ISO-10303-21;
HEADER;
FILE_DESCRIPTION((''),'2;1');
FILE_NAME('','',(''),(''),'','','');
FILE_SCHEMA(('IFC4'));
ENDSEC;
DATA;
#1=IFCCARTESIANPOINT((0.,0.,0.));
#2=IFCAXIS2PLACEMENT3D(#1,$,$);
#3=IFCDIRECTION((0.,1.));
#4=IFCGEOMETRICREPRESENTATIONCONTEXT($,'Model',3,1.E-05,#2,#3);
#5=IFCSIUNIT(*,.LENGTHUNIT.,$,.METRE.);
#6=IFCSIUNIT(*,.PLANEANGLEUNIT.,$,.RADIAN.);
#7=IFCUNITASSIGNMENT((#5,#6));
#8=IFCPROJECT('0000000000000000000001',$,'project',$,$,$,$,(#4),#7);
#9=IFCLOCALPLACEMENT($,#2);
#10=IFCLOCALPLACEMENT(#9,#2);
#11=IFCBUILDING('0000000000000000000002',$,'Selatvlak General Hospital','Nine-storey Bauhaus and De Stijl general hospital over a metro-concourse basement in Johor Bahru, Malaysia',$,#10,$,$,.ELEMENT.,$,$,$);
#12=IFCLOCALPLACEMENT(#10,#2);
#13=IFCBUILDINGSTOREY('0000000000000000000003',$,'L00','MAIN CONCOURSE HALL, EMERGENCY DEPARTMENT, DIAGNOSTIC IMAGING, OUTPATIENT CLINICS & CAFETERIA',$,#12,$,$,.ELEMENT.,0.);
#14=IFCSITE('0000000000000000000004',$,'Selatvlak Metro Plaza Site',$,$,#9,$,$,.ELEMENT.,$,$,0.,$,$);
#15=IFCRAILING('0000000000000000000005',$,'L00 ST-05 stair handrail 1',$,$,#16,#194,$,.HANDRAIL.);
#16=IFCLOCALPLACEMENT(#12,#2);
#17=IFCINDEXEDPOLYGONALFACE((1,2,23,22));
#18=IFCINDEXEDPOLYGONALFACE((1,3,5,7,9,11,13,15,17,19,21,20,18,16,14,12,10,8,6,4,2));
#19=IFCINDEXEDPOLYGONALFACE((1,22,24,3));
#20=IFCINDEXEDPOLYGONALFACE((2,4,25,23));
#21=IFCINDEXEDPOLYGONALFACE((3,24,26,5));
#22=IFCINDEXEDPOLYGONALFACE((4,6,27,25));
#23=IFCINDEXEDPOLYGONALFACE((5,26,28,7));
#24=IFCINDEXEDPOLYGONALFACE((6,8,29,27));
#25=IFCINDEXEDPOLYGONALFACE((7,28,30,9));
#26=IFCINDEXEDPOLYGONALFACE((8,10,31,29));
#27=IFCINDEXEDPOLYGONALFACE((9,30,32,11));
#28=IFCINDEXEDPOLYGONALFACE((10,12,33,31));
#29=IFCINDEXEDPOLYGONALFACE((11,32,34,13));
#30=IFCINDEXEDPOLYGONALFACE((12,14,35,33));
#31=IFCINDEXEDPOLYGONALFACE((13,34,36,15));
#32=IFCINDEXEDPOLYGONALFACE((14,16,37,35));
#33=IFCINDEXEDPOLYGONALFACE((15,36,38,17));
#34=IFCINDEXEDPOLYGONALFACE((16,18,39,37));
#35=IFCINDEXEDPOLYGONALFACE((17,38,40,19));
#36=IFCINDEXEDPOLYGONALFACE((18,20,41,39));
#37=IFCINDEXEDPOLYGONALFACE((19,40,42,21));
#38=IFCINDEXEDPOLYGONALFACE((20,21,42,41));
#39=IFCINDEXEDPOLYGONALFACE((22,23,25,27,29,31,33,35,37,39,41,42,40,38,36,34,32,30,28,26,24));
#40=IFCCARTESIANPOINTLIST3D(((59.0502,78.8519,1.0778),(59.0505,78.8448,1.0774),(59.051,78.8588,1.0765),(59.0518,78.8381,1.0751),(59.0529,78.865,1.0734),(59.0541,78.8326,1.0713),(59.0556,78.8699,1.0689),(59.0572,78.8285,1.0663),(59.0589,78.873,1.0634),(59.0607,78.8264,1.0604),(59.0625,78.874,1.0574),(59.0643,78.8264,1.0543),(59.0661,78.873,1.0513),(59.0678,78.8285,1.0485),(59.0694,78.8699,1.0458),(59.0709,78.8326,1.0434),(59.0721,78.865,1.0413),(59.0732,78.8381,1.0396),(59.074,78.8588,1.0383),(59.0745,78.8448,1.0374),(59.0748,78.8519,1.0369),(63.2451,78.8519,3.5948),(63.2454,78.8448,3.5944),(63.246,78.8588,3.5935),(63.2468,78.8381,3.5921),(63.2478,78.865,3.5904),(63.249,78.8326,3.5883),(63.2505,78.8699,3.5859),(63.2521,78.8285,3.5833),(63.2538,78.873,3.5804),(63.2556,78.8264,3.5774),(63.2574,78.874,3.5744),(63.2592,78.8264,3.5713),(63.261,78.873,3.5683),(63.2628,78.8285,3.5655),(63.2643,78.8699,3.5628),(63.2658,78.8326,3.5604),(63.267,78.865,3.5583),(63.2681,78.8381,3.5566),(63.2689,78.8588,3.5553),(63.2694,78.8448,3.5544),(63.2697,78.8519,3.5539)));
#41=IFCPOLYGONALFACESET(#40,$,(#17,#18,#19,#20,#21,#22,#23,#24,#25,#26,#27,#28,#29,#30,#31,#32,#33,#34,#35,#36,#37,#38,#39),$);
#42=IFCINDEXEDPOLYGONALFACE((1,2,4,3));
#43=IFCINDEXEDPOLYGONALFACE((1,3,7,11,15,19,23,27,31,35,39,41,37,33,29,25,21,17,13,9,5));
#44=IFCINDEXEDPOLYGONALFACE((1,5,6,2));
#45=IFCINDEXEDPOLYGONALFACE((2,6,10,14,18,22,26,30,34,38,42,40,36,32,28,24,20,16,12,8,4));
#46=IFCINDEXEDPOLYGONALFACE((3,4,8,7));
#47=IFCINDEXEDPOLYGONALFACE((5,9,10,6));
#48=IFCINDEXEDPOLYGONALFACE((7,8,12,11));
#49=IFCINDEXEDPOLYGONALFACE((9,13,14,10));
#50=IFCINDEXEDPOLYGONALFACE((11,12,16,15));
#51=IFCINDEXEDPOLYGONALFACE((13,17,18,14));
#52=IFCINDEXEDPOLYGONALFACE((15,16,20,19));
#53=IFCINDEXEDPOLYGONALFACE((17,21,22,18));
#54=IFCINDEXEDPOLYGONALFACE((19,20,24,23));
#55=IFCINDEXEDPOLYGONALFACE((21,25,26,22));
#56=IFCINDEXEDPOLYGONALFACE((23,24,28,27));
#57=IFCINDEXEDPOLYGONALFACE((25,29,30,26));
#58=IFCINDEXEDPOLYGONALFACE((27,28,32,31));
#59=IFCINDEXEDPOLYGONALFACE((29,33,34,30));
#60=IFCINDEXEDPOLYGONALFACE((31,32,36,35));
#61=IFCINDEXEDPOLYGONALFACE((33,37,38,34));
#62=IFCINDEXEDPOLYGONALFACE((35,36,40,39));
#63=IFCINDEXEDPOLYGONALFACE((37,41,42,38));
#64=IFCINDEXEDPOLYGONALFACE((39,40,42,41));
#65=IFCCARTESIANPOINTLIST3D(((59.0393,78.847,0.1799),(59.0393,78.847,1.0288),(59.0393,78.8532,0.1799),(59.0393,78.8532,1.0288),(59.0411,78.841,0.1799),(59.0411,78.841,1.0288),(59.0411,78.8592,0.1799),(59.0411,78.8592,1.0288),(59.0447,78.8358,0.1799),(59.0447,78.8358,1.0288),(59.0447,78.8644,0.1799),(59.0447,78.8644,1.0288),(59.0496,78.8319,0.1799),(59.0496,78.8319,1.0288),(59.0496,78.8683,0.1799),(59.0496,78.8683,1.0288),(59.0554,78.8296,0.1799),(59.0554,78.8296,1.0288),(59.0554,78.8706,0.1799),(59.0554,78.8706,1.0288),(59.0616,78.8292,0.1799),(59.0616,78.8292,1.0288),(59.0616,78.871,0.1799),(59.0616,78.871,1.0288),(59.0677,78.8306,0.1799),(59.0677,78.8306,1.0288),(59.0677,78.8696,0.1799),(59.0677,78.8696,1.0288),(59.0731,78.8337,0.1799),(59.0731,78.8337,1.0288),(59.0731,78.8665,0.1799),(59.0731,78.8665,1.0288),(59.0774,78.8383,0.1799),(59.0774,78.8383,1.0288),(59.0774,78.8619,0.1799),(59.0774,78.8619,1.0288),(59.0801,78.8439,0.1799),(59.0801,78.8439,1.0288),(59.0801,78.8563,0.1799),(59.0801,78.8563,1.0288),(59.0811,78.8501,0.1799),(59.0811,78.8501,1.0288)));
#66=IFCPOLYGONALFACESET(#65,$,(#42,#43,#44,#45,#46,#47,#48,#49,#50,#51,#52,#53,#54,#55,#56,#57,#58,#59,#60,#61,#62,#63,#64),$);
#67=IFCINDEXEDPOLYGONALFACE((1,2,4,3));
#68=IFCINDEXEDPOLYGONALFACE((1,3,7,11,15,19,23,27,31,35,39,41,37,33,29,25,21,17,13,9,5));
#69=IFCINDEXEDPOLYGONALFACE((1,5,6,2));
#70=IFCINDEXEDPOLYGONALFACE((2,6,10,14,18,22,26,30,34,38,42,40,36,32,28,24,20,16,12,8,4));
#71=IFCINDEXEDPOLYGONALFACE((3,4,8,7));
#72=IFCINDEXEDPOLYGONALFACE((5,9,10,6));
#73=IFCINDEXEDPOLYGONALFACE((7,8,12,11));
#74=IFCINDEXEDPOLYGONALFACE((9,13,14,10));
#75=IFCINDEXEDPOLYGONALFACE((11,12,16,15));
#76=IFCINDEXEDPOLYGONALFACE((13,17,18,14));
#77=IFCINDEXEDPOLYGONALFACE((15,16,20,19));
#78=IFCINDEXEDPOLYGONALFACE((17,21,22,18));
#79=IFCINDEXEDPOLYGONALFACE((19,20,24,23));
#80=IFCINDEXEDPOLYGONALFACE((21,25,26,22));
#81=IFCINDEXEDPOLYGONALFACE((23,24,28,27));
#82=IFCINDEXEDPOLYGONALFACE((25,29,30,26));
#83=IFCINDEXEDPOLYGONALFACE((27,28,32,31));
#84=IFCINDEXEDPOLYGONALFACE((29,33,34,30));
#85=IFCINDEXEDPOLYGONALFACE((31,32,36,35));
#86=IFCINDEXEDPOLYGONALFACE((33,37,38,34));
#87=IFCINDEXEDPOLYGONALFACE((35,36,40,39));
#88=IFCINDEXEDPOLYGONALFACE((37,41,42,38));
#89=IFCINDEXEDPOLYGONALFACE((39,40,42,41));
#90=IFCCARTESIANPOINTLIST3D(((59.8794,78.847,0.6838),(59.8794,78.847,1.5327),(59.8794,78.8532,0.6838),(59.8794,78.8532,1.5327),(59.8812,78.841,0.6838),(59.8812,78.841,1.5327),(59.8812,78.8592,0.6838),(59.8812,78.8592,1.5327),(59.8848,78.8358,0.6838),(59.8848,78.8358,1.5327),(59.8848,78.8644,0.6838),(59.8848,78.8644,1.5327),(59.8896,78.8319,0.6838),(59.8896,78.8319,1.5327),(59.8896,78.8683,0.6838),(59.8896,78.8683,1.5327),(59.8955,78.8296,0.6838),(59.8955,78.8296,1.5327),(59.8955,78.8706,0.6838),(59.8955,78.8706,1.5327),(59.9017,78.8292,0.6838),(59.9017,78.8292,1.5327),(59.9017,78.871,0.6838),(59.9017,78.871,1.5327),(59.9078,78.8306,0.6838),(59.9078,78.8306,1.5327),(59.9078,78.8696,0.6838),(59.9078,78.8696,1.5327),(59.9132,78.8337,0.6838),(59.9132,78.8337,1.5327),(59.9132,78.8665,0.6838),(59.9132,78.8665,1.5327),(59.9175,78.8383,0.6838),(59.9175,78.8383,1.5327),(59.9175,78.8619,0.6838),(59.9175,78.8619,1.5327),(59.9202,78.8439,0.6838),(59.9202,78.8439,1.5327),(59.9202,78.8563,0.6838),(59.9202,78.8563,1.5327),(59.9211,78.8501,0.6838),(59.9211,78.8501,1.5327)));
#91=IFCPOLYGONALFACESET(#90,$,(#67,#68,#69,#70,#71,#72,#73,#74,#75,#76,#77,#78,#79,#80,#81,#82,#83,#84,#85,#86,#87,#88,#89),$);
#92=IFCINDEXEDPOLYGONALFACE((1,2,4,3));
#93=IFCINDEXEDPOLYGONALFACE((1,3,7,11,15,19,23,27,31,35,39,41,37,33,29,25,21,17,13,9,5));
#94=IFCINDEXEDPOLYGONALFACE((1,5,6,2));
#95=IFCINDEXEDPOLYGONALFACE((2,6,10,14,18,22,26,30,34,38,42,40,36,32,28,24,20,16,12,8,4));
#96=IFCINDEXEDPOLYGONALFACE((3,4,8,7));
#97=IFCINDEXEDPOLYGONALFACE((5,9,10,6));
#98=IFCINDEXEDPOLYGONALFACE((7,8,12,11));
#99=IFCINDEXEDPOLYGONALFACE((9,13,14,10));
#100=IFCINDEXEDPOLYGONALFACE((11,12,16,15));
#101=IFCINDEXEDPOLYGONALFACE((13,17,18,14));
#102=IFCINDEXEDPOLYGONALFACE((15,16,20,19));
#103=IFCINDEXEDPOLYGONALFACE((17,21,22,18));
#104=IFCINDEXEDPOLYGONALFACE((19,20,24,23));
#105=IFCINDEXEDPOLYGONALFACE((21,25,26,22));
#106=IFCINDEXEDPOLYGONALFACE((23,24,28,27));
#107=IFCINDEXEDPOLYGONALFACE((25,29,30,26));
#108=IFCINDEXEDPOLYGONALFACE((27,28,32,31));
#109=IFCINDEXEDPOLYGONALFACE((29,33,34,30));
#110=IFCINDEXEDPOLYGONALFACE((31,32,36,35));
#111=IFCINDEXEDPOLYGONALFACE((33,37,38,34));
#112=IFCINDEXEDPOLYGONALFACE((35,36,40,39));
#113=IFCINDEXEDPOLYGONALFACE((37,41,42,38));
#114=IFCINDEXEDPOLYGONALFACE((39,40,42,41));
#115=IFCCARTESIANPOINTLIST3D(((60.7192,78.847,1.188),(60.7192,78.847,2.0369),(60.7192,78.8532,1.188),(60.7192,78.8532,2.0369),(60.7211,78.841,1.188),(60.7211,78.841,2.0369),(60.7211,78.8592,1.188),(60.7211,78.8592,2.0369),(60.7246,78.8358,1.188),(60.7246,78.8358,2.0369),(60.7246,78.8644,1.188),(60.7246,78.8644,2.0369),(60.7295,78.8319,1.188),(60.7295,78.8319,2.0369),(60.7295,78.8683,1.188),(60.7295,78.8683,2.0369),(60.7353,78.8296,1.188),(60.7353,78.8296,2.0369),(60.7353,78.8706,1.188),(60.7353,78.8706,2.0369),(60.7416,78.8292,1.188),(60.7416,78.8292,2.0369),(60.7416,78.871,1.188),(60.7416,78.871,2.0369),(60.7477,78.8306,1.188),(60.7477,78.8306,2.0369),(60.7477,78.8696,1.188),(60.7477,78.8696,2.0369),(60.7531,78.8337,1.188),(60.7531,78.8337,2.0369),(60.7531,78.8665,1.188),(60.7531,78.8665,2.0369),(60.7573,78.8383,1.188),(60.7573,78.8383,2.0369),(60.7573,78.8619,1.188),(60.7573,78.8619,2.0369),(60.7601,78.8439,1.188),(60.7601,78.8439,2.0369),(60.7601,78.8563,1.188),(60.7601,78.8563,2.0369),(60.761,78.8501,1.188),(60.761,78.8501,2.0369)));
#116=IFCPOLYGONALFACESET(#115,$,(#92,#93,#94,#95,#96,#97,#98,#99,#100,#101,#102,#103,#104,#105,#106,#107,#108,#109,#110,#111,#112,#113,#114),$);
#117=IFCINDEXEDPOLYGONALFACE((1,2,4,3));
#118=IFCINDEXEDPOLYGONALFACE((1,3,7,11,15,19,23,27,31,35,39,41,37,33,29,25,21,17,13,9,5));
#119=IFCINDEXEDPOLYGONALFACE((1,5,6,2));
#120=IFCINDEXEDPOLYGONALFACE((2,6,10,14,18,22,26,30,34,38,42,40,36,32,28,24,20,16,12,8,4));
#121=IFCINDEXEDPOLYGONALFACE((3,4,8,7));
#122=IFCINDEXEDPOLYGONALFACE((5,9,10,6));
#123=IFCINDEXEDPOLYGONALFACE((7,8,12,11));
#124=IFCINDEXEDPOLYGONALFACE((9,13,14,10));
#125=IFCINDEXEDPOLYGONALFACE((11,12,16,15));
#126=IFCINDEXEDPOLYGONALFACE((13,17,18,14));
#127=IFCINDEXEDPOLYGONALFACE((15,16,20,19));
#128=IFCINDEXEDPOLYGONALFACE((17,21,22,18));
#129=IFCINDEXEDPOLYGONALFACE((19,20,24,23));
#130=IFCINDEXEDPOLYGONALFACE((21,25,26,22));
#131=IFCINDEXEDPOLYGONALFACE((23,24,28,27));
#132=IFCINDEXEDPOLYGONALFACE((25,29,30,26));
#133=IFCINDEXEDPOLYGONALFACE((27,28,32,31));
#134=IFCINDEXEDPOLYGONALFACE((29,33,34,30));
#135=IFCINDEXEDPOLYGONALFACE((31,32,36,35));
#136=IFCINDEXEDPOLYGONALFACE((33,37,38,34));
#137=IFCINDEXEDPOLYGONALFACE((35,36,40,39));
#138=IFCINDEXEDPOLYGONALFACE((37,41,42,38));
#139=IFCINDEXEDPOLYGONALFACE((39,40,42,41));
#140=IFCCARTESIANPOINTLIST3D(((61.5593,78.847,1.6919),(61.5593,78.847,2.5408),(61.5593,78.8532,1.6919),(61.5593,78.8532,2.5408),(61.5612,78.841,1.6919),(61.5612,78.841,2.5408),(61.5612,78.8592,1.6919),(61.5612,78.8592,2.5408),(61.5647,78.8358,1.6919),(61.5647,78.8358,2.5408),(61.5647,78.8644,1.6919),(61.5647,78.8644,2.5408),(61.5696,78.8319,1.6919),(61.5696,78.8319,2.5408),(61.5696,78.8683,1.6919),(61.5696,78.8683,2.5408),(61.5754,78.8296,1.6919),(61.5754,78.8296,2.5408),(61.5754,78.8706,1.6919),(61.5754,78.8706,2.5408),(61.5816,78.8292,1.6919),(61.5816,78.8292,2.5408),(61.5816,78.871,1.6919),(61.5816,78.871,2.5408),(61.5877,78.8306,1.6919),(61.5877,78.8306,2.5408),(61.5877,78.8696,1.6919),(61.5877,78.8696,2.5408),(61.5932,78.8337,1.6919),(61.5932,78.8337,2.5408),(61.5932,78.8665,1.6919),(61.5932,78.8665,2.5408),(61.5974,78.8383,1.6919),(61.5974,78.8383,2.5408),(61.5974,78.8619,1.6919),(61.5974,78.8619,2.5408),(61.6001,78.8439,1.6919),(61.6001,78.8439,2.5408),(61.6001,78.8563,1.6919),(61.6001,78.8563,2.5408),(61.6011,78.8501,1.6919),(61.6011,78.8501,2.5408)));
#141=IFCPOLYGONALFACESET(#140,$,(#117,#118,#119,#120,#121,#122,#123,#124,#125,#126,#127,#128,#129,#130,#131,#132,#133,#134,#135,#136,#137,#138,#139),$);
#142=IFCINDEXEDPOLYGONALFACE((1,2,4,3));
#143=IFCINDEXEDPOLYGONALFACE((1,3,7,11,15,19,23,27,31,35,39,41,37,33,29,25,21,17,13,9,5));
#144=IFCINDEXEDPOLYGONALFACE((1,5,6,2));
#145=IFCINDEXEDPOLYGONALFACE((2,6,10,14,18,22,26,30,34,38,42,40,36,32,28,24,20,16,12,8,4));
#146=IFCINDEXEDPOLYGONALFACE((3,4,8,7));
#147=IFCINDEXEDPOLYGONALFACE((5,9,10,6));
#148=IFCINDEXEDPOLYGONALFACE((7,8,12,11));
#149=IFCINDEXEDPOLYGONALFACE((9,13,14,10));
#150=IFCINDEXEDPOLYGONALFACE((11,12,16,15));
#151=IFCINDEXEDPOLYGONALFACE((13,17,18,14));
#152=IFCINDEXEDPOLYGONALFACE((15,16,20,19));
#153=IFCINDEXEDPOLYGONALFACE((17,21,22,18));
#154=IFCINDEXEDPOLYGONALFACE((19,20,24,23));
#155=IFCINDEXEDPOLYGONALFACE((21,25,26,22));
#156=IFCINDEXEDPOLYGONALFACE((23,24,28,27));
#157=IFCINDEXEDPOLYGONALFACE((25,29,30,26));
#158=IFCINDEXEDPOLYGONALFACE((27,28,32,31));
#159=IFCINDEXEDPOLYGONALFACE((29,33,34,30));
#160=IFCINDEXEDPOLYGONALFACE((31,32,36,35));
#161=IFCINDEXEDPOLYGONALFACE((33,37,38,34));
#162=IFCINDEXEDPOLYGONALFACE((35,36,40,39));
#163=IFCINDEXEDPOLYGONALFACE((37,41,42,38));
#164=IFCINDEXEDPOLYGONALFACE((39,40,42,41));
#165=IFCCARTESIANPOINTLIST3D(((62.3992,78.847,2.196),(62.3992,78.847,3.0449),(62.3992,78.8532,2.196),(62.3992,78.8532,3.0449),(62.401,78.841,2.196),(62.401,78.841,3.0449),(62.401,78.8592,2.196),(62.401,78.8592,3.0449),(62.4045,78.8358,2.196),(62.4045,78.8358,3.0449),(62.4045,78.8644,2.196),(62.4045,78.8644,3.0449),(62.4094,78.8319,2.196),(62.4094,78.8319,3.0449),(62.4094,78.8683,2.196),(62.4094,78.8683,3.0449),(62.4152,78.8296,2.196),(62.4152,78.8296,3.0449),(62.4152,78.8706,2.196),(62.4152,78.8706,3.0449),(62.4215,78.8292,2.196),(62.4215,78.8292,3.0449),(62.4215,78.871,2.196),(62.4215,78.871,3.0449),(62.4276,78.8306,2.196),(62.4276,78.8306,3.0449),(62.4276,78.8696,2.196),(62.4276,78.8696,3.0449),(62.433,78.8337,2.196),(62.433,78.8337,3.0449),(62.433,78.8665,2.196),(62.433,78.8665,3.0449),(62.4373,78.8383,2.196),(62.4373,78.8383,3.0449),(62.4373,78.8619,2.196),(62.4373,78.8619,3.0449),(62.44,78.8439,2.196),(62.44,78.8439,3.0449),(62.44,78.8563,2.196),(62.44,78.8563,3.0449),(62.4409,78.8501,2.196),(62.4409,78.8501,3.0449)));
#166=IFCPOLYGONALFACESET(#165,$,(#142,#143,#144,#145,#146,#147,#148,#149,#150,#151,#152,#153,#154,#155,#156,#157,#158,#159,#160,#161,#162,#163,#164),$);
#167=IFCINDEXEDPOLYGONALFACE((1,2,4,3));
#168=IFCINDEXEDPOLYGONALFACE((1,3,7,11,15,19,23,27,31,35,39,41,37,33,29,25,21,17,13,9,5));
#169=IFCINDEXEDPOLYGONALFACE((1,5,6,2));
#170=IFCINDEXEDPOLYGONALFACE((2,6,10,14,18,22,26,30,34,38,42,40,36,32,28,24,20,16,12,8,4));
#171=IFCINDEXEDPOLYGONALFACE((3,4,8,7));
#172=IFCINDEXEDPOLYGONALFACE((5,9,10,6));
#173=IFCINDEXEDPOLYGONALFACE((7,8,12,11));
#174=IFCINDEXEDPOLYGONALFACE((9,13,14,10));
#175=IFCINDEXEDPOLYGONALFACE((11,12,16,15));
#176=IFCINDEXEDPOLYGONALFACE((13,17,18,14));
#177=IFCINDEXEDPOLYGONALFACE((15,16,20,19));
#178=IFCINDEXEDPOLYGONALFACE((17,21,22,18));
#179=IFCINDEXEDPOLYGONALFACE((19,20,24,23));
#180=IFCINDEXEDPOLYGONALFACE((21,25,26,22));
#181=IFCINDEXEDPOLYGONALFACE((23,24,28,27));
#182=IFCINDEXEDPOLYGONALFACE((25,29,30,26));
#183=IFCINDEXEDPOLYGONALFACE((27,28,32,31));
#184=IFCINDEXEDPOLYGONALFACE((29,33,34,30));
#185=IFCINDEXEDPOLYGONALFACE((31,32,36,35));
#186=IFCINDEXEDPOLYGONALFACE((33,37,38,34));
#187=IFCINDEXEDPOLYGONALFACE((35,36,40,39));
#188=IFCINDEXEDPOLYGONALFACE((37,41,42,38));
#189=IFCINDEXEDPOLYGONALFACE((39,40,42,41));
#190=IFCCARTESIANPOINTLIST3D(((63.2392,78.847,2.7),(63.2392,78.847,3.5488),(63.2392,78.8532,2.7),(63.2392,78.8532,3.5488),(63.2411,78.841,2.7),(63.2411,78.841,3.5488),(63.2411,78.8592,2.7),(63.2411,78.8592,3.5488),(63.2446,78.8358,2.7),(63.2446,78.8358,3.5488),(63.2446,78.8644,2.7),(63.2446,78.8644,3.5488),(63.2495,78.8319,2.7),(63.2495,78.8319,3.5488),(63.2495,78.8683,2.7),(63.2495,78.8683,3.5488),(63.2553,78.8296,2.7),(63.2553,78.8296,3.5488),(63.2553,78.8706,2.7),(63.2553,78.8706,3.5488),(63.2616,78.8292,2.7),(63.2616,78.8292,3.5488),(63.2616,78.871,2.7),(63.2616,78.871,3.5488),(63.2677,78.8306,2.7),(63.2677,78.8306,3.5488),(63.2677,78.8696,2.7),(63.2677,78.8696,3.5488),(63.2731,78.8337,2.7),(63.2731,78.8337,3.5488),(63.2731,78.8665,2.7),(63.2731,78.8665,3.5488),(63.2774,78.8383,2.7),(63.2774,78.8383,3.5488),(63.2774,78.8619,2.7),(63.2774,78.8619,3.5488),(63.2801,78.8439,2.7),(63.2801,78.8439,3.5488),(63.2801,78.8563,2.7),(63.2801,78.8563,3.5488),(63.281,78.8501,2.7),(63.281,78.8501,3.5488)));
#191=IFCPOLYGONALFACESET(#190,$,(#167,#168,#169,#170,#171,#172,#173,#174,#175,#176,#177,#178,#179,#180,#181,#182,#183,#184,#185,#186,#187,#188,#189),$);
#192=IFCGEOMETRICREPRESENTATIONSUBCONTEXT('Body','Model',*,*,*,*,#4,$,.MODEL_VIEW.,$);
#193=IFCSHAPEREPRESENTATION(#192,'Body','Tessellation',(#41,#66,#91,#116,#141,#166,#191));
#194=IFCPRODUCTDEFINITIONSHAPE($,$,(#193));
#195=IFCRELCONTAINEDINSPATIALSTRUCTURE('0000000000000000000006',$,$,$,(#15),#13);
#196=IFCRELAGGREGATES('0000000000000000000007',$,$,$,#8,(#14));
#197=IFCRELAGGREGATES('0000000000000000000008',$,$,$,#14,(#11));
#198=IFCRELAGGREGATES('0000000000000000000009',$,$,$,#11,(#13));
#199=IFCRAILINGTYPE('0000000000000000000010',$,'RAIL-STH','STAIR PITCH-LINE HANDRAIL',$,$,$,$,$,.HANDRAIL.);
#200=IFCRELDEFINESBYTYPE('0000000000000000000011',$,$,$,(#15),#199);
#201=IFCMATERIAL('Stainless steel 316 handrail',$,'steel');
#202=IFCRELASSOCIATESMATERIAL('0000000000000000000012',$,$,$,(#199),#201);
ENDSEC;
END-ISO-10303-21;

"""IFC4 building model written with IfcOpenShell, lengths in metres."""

from ifc_helpers import new_model, si_unit, direction, frame, origin, origin_2d, place, context, subcontext, project, spatial, circle, extrude, material, type_object, element, save


model = new_model("IFC4")

# Units and contexts
model_context = context("Model", 3, precision=1e-05, world=origin(), true_north=direction((0.0, 1.0)))
body_context = subcontext(model_context, "Body", "Model", "MODEL_VIEW")
ifc_project = project(units=[si_unit("LENGTHUNIT", "METRE"), si_unit("PLANEANGLEUNIT", "RADIAN")], contexts=[model_context])

# Site, building, storey
site_placement = place(None, origin())
site = spatial("IfcSite", under=ifc_project, at=site_placement, Name="Selatvlak Metro Plaza Site", CompositionType="ELEMENT", RefElevation=0.0)
building_placement = place(site_placement, origin())
building = spatial("IfcBuilding", under=site, at=building_placement, Name="Selatvlak General Hospital", Description="Nine-storey Bauhaus and De Stijl general hospital over a metro-concourse basement in Johor Bahru, Malaysia", CompositionType="ELEMENT")
storey_placement = place(building_placement, origin())
storey = spatial("IfcBuildingStorey", under=building, at=storey_placement, Name="L00", Description="MAIN CONCOURSE HALL, EMERGENCY DEPARTMENT, DIAGNOSTIC IMAGING, OUTPATIENT CLINICS & CAFETERIA", CompositionType="ELEMENT", Elevation=0.0)

# Railing
ifc_material_1 = material(Name="Stainless steel 316 handrail", Category="steel")
railing_type = type_object("IfcRailingType", Name="RAIL-STH", Description="STAIR PITCH-LINE HANDRAIL", PredefinedType="HANDRAIL", material=ifc_material_1)
railing_placement = place(storey_placement, frame((59.0601, 78.8501, 0.1799)))
element("IfcRailing", 1, at=railing_placement, inside=storey, type_object=railing_type, Name="L00 ST-05 stair handrail 1", PredefinedType="HANDRAIL", context=body_context, shape_type="SweptSolid", body=[
    extrude(circle(Radius=0.0239, at=origin_2d()), frame((0.0024, 0.0, 0.8774), z_axis=(0.857489, 0.0, 0.514503), x_axis=(0.0, 1.0, 0.0)), (0.0, 0.0, 1.0), 4.8921),
    extrude(circle(Radius=0.021, at=origin_2d()), origin(), (0.0, 0.0, 1.0), 0.8489),
    extrude(circle(Radius=0.021, at=origin_2d()), frame((0.8401, 0.0, 0.5039)), (0.0, 0.0, 1.0), 0.8489),
    extrude(circle(Radius=0.021, at=origin_2d()), frame((1.6799, 0.0, 1.0081)), (0.0, 0.0, 1.0), 0.8489),
    extrude(circle(Radius=0.021, at=origin_2d()), frame((2.52, 0.0, 1.512)), (0.0, 0.0, 1.0), 0.8489),
    extrude(circle(Radius=0.021, at=origin_2d()), frame((3.3599, 0.0, 2.0161)), (0.0, 0.0, 1.0), 0.8489),
    extrude(circle(Radius=0.021, at=origin_2d()), frame((4.2, 0.0, 2.52)), (0.0, 0.0, 1.0), 0.8489),
])

save(model, "model.ifc")
